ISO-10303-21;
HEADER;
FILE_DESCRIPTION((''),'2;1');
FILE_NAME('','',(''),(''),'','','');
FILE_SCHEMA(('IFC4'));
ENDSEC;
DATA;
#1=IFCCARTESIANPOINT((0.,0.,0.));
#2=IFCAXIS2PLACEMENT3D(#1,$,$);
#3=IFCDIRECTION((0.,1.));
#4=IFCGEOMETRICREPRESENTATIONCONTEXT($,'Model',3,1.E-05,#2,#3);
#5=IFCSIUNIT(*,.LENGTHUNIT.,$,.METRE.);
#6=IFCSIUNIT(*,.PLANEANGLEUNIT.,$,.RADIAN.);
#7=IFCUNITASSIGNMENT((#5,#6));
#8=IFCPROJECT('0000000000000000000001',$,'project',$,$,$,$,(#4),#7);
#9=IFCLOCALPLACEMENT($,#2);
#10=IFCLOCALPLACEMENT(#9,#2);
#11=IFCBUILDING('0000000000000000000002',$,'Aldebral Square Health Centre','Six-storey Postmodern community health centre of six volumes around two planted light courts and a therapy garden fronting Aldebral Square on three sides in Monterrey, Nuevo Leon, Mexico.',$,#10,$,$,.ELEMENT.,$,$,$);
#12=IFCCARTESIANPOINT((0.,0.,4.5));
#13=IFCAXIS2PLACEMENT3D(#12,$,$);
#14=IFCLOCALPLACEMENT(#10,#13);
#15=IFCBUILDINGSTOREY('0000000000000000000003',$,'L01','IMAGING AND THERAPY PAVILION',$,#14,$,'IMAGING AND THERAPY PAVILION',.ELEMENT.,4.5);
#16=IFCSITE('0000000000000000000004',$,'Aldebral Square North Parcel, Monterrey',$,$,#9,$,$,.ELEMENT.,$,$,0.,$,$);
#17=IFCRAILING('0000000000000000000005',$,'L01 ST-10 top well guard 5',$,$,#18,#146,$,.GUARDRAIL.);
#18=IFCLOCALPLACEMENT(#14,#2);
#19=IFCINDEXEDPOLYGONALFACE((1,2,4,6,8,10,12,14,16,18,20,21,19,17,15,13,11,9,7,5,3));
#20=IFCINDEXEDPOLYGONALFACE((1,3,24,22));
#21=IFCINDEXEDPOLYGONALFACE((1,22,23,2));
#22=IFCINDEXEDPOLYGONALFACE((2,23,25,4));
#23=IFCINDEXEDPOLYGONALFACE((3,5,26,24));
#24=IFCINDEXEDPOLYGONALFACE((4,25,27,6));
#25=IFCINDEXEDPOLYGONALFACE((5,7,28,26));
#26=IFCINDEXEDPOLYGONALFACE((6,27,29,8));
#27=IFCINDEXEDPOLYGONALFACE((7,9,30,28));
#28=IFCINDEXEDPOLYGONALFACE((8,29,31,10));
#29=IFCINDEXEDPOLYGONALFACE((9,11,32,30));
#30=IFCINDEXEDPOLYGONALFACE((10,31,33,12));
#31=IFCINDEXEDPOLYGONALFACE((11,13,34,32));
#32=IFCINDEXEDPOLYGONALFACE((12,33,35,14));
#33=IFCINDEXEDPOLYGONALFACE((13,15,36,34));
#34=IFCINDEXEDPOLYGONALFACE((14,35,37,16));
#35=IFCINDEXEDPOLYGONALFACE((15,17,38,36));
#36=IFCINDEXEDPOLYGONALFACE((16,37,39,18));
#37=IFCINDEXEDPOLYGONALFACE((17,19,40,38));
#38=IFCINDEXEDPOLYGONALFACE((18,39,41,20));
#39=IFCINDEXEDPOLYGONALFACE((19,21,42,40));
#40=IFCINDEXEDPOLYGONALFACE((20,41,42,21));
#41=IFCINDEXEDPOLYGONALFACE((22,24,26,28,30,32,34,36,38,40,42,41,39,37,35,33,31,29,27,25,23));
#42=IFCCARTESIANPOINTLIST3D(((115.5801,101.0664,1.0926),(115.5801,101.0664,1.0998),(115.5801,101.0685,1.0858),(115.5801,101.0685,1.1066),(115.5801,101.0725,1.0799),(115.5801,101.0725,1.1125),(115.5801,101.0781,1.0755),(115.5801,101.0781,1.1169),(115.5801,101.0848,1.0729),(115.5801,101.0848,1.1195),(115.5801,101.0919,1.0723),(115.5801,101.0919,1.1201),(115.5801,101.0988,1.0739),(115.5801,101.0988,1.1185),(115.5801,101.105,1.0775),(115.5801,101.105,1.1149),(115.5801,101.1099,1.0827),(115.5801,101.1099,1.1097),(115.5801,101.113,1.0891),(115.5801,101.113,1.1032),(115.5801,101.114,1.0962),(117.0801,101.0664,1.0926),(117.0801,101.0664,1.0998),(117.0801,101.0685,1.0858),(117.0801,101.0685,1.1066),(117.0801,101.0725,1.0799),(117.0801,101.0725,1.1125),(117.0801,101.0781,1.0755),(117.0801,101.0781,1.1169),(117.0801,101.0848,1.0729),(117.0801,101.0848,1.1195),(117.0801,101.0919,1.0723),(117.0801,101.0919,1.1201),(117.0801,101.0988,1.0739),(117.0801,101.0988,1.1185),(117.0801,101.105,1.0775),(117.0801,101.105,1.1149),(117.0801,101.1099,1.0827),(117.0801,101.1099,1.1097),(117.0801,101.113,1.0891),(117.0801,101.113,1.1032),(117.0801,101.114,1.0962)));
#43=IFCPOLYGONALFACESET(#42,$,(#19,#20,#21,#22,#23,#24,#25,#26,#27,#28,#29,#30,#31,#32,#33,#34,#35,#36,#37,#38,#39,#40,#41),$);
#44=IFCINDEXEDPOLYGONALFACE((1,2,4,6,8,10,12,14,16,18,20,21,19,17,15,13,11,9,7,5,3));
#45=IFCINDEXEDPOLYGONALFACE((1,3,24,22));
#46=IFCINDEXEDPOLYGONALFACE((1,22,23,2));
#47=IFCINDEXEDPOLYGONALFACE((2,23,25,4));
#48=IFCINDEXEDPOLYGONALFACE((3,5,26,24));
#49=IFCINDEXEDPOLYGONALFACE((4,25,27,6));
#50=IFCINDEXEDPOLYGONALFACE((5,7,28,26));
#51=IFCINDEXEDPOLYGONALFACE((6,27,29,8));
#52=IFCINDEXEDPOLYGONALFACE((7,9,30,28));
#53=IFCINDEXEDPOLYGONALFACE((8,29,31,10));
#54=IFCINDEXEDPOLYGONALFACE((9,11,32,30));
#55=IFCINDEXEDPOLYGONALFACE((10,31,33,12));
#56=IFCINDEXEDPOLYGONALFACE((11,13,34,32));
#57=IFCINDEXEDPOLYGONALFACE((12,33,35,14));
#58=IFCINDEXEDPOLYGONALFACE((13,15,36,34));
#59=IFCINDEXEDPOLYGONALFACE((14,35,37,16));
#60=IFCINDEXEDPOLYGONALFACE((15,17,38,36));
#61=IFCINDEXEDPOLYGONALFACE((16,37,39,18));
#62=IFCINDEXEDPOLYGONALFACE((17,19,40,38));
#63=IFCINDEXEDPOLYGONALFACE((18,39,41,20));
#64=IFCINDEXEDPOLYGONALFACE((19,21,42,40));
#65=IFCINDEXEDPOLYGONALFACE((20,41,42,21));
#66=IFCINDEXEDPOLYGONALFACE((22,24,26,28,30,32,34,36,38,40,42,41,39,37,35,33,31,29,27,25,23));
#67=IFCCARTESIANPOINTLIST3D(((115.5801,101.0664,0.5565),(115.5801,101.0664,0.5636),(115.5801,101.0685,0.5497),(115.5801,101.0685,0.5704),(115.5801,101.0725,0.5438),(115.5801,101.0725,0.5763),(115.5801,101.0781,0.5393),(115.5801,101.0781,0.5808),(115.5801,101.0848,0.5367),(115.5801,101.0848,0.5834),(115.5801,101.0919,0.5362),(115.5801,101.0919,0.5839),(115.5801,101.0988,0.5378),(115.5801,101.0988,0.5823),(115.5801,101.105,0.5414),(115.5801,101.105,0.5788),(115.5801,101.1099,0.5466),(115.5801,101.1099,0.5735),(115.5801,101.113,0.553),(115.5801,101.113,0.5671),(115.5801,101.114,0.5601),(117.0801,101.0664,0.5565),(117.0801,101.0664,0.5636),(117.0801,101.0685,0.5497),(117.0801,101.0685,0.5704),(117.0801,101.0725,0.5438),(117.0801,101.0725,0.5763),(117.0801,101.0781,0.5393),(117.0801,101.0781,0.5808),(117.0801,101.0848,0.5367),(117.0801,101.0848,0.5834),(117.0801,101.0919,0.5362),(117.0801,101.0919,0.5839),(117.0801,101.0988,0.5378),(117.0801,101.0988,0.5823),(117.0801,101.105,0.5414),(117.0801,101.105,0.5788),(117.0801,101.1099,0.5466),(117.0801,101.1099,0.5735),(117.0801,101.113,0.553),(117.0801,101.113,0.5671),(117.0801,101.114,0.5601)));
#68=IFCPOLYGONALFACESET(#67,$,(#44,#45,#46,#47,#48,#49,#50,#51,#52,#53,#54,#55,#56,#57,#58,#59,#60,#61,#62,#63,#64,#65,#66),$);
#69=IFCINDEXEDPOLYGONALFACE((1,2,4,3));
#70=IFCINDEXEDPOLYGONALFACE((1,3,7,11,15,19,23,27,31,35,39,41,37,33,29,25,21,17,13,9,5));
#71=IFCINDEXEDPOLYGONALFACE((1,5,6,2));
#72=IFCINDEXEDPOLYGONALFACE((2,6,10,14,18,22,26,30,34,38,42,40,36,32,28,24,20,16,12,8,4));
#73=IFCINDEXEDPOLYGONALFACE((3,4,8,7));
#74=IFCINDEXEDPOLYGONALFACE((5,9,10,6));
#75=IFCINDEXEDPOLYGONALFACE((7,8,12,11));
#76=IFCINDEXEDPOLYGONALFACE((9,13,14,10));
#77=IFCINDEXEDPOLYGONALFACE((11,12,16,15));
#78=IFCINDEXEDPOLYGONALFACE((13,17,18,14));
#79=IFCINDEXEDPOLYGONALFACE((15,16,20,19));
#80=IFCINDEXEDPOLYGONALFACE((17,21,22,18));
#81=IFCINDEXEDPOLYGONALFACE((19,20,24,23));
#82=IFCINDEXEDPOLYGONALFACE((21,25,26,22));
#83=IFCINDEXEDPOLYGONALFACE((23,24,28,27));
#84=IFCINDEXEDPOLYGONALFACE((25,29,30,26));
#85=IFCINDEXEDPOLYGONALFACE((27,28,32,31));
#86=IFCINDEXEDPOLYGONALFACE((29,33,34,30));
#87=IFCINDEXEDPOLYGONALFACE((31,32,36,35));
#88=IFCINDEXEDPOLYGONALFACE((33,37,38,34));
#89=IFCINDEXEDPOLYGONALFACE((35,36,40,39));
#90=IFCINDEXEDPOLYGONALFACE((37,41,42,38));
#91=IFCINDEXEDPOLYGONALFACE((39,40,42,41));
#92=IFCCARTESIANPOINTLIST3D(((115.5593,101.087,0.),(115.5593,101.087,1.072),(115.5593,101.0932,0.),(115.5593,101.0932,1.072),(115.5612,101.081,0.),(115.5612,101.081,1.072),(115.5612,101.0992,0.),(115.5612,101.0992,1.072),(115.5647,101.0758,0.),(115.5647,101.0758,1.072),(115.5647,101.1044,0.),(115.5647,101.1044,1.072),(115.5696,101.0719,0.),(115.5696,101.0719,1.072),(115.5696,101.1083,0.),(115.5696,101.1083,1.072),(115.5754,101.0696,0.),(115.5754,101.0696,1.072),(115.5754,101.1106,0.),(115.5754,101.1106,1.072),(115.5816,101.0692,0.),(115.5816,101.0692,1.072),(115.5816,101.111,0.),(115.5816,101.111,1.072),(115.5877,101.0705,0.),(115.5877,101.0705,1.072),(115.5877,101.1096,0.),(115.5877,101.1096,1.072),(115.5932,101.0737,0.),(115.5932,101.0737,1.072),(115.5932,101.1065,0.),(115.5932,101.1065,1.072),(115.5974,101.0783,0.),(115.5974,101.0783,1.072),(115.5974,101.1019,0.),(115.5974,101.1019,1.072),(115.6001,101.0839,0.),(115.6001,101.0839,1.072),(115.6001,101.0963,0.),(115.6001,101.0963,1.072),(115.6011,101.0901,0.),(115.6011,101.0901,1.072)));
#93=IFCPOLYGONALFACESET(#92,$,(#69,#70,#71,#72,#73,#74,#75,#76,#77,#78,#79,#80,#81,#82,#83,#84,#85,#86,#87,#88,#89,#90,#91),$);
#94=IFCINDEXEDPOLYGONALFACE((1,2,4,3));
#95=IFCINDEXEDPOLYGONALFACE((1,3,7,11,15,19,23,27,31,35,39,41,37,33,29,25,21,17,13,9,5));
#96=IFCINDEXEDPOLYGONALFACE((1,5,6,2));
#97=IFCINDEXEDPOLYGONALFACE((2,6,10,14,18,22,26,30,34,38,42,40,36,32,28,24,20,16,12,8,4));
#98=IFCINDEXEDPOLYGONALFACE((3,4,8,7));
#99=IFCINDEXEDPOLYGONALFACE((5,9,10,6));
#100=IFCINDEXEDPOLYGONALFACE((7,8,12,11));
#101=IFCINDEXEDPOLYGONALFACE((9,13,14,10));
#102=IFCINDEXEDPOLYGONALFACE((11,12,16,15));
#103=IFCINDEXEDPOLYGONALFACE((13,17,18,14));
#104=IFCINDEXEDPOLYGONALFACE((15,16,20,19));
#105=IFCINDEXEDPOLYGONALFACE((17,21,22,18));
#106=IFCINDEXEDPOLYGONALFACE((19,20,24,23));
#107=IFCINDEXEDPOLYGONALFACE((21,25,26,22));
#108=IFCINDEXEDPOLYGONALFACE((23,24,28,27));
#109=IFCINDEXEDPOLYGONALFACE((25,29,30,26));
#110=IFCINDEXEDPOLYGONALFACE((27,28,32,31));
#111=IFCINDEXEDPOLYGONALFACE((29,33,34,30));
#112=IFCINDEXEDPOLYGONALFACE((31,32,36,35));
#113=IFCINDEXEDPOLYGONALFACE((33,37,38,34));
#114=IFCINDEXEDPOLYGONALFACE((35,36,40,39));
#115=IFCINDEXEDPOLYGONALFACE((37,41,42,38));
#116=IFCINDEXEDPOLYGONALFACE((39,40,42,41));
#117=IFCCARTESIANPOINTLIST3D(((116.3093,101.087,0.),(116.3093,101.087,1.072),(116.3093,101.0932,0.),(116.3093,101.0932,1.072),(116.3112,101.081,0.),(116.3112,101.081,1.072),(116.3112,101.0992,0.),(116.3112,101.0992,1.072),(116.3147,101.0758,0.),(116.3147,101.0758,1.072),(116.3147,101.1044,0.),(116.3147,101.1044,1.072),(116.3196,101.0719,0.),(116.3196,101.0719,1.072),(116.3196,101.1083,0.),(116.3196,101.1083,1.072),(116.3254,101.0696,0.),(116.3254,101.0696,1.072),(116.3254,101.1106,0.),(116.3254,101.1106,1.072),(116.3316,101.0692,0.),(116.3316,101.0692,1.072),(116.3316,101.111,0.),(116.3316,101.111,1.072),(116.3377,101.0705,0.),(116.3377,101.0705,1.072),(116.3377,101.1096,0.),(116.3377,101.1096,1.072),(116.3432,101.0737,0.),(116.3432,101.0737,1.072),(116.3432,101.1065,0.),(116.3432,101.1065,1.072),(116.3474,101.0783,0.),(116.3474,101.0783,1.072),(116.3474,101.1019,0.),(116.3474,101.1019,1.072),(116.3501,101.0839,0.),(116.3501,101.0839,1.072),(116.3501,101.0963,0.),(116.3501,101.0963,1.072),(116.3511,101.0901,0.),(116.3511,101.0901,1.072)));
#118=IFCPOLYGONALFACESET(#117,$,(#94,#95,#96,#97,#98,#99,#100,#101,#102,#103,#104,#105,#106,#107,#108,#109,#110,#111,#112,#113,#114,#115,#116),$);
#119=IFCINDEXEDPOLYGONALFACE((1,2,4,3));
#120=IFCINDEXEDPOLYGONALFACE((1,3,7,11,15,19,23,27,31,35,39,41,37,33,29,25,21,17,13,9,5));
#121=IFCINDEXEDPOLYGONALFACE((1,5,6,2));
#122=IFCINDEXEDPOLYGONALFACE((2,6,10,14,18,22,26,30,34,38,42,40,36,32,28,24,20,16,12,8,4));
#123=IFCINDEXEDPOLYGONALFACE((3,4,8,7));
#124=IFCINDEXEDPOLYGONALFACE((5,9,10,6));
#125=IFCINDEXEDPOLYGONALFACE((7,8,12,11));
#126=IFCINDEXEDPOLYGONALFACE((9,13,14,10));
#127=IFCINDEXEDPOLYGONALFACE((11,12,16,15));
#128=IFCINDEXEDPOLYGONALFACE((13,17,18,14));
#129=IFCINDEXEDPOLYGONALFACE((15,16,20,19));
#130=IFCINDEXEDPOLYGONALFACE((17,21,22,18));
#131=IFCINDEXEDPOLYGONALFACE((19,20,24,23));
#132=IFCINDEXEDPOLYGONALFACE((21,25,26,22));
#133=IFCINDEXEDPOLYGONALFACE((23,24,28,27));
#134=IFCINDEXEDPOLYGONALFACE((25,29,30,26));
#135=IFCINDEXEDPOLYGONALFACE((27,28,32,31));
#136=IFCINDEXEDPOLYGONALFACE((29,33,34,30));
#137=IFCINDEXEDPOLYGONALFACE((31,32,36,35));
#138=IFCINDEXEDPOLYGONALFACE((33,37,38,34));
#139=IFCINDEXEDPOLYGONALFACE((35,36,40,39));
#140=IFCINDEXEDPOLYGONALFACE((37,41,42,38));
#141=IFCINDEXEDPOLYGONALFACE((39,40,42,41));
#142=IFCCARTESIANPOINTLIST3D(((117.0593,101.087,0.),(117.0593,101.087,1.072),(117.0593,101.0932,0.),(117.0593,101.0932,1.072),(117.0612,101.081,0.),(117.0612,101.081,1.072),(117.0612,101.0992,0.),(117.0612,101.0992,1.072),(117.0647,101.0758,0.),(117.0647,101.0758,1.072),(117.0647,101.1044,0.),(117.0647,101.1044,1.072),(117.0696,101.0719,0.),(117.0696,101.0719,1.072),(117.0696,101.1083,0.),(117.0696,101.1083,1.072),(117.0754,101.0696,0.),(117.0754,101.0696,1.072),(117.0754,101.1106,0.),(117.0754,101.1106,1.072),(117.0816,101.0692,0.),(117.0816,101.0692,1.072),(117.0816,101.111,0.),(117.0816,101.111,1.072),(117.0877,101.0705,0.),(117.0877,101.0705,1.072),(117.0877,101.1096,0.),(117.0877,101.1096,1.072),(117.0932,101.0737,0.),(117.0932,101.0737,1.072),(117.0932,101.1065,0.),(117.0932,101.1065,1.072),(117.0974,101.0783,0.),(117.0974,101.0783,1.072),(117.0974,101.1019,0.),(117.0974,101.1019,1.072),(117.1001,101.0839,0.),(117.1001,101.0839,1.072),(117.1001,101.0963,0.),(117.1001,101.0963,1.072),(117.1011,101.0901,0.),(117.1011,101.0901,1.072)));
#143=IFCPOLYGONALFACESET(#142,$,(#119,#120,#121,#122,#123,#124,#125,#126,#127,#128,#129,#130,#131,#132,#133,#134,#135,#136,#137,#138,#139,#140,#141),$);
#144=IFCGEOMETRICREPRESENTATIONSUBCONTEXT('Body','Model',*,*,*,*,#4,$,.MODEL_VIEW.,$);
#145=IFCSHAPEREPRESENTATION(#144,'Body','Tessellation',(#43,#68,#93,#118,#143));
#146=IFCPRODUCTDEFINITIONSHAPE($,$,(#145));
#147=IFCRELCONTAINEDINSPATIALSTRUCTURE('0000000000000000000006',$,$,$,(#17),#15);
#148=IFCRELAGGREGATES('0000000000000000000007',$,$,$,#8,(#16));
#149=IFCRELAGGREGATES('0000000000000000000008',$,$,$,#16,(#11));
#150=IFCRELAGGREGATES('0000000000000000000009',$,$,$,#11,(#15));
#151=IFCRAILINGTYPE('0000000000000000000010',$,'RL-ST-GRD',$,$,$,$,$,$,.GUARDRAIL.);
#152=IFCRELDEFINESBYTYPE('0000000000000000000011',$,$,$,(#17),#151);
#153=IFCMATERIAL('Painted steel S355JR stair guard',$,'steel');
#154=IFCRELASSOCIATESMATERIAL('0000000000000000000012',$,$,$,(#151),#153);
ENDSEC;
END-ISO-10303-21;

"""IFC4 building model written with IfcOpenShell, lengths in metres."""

from ifc_helpers import new_model, si_unit, direction, frame, origin, origin_2d, place, context, subcontext, project, spatial, circle, extrude, material, type_object, element, save


model = new_model("IFC4")

# Units and contexts
model_context = context("Model", 3, precision=1e-05, world=origin(), true_north=direction((0.0, 1.0)))
body_context = subcontext(model_context, "Body", "Model", "MODEL_VIEW")
ifc_project = project(units=[si_unit("LENGTHUNIT", "METRE"), si_unit("PLANEANGLEUNIT", "RADIAN")], contexts=[model_context])

# Site, building, storey
site_placement = place(None, origin())
site = spatial("IfcSite", under=ifc_project, at=site_placement, Name="Aldebral Square North Parcel, Monterrey", CompositionType="ELEMENT", RefElevation=0.0)
building_placement = place(site_placement, origin())
building = spatial("IfcBuilding", under=site, at=building_placement, Name="Aldebral Square Health Centre", Description="Six-storey Postmodern community health centre of six volumes around two planted light courts and a therapy garden fronting Aldebral Square on three sides in Monterrey, Nuevo Leon, Mexico.", CompositionType="ELEMENT")
storey_placement = place(building_placement, frame((0.0, 0.0, 4.5)))
storey = spatial("IfcBuildingStorey", under=building, at=storey_placement, Name="L01", Description="IMAGING AND THERAPY PAVILION", LongName="IMAGING AND THERAPY PAVILION", CompositionType="ELEMENT", Elevation=4.5)

# Railing
ifc_material_1 = material(Name="Painted steel S355JR stair guard", Category="steel")
railing_type = type_object("IfcRailingType", Name="RL-ST-GRD", PredefinedType="GUARDRAIL", material=ifc_material_1)
railing_1_placement = place(storey_placement, frame((115.5801, 101.0901, 0.0)))
element("IfcRailing", 1, at=railing_1_placement, inside=storey, type_object=railing_type, Name="L01 ST-10 top well guard 5", PredefinedType="GUARDRAIL", context=body_context, shape_type="SweptSolid", body=[
    extrude(circle(Radius=0.0239, at=origin_2d()), frame((0.0, 0.0, 1.0962), z_axis=(1.0, 0.0, 0.0), x_axis=(0.0, 1.0, 0.0)), (0.0, 0.0, 1.0), 1.5),
    extrude(circle(Radius=0.0239, at=origin_2d()), frame((0.0, 0.0, 0.5601), z_axis=(1.0, 0.0, 0.0), x_axis=(0.0, 1.0, 0.0)), (0.0, 0.0, 1.0), 1.5),
    extrude(circle(Radius=0.021, at=origin_2d()), origin(), (0.0, 0.0, 1.0), 1.072),
    extrude(circle(Radius=0.021, at=origin_2d()), frame((0.75, 0.0, 0.0)), (0.0, 0.0, 1.0), 1.072),
    extrude(circle(Radius=0.021, at=origin_2d()), frame((1.5, 0.0, 0.0)), (0.0, 0.0, 1.0), 1.072),
])

save(model, "model.ifc")
